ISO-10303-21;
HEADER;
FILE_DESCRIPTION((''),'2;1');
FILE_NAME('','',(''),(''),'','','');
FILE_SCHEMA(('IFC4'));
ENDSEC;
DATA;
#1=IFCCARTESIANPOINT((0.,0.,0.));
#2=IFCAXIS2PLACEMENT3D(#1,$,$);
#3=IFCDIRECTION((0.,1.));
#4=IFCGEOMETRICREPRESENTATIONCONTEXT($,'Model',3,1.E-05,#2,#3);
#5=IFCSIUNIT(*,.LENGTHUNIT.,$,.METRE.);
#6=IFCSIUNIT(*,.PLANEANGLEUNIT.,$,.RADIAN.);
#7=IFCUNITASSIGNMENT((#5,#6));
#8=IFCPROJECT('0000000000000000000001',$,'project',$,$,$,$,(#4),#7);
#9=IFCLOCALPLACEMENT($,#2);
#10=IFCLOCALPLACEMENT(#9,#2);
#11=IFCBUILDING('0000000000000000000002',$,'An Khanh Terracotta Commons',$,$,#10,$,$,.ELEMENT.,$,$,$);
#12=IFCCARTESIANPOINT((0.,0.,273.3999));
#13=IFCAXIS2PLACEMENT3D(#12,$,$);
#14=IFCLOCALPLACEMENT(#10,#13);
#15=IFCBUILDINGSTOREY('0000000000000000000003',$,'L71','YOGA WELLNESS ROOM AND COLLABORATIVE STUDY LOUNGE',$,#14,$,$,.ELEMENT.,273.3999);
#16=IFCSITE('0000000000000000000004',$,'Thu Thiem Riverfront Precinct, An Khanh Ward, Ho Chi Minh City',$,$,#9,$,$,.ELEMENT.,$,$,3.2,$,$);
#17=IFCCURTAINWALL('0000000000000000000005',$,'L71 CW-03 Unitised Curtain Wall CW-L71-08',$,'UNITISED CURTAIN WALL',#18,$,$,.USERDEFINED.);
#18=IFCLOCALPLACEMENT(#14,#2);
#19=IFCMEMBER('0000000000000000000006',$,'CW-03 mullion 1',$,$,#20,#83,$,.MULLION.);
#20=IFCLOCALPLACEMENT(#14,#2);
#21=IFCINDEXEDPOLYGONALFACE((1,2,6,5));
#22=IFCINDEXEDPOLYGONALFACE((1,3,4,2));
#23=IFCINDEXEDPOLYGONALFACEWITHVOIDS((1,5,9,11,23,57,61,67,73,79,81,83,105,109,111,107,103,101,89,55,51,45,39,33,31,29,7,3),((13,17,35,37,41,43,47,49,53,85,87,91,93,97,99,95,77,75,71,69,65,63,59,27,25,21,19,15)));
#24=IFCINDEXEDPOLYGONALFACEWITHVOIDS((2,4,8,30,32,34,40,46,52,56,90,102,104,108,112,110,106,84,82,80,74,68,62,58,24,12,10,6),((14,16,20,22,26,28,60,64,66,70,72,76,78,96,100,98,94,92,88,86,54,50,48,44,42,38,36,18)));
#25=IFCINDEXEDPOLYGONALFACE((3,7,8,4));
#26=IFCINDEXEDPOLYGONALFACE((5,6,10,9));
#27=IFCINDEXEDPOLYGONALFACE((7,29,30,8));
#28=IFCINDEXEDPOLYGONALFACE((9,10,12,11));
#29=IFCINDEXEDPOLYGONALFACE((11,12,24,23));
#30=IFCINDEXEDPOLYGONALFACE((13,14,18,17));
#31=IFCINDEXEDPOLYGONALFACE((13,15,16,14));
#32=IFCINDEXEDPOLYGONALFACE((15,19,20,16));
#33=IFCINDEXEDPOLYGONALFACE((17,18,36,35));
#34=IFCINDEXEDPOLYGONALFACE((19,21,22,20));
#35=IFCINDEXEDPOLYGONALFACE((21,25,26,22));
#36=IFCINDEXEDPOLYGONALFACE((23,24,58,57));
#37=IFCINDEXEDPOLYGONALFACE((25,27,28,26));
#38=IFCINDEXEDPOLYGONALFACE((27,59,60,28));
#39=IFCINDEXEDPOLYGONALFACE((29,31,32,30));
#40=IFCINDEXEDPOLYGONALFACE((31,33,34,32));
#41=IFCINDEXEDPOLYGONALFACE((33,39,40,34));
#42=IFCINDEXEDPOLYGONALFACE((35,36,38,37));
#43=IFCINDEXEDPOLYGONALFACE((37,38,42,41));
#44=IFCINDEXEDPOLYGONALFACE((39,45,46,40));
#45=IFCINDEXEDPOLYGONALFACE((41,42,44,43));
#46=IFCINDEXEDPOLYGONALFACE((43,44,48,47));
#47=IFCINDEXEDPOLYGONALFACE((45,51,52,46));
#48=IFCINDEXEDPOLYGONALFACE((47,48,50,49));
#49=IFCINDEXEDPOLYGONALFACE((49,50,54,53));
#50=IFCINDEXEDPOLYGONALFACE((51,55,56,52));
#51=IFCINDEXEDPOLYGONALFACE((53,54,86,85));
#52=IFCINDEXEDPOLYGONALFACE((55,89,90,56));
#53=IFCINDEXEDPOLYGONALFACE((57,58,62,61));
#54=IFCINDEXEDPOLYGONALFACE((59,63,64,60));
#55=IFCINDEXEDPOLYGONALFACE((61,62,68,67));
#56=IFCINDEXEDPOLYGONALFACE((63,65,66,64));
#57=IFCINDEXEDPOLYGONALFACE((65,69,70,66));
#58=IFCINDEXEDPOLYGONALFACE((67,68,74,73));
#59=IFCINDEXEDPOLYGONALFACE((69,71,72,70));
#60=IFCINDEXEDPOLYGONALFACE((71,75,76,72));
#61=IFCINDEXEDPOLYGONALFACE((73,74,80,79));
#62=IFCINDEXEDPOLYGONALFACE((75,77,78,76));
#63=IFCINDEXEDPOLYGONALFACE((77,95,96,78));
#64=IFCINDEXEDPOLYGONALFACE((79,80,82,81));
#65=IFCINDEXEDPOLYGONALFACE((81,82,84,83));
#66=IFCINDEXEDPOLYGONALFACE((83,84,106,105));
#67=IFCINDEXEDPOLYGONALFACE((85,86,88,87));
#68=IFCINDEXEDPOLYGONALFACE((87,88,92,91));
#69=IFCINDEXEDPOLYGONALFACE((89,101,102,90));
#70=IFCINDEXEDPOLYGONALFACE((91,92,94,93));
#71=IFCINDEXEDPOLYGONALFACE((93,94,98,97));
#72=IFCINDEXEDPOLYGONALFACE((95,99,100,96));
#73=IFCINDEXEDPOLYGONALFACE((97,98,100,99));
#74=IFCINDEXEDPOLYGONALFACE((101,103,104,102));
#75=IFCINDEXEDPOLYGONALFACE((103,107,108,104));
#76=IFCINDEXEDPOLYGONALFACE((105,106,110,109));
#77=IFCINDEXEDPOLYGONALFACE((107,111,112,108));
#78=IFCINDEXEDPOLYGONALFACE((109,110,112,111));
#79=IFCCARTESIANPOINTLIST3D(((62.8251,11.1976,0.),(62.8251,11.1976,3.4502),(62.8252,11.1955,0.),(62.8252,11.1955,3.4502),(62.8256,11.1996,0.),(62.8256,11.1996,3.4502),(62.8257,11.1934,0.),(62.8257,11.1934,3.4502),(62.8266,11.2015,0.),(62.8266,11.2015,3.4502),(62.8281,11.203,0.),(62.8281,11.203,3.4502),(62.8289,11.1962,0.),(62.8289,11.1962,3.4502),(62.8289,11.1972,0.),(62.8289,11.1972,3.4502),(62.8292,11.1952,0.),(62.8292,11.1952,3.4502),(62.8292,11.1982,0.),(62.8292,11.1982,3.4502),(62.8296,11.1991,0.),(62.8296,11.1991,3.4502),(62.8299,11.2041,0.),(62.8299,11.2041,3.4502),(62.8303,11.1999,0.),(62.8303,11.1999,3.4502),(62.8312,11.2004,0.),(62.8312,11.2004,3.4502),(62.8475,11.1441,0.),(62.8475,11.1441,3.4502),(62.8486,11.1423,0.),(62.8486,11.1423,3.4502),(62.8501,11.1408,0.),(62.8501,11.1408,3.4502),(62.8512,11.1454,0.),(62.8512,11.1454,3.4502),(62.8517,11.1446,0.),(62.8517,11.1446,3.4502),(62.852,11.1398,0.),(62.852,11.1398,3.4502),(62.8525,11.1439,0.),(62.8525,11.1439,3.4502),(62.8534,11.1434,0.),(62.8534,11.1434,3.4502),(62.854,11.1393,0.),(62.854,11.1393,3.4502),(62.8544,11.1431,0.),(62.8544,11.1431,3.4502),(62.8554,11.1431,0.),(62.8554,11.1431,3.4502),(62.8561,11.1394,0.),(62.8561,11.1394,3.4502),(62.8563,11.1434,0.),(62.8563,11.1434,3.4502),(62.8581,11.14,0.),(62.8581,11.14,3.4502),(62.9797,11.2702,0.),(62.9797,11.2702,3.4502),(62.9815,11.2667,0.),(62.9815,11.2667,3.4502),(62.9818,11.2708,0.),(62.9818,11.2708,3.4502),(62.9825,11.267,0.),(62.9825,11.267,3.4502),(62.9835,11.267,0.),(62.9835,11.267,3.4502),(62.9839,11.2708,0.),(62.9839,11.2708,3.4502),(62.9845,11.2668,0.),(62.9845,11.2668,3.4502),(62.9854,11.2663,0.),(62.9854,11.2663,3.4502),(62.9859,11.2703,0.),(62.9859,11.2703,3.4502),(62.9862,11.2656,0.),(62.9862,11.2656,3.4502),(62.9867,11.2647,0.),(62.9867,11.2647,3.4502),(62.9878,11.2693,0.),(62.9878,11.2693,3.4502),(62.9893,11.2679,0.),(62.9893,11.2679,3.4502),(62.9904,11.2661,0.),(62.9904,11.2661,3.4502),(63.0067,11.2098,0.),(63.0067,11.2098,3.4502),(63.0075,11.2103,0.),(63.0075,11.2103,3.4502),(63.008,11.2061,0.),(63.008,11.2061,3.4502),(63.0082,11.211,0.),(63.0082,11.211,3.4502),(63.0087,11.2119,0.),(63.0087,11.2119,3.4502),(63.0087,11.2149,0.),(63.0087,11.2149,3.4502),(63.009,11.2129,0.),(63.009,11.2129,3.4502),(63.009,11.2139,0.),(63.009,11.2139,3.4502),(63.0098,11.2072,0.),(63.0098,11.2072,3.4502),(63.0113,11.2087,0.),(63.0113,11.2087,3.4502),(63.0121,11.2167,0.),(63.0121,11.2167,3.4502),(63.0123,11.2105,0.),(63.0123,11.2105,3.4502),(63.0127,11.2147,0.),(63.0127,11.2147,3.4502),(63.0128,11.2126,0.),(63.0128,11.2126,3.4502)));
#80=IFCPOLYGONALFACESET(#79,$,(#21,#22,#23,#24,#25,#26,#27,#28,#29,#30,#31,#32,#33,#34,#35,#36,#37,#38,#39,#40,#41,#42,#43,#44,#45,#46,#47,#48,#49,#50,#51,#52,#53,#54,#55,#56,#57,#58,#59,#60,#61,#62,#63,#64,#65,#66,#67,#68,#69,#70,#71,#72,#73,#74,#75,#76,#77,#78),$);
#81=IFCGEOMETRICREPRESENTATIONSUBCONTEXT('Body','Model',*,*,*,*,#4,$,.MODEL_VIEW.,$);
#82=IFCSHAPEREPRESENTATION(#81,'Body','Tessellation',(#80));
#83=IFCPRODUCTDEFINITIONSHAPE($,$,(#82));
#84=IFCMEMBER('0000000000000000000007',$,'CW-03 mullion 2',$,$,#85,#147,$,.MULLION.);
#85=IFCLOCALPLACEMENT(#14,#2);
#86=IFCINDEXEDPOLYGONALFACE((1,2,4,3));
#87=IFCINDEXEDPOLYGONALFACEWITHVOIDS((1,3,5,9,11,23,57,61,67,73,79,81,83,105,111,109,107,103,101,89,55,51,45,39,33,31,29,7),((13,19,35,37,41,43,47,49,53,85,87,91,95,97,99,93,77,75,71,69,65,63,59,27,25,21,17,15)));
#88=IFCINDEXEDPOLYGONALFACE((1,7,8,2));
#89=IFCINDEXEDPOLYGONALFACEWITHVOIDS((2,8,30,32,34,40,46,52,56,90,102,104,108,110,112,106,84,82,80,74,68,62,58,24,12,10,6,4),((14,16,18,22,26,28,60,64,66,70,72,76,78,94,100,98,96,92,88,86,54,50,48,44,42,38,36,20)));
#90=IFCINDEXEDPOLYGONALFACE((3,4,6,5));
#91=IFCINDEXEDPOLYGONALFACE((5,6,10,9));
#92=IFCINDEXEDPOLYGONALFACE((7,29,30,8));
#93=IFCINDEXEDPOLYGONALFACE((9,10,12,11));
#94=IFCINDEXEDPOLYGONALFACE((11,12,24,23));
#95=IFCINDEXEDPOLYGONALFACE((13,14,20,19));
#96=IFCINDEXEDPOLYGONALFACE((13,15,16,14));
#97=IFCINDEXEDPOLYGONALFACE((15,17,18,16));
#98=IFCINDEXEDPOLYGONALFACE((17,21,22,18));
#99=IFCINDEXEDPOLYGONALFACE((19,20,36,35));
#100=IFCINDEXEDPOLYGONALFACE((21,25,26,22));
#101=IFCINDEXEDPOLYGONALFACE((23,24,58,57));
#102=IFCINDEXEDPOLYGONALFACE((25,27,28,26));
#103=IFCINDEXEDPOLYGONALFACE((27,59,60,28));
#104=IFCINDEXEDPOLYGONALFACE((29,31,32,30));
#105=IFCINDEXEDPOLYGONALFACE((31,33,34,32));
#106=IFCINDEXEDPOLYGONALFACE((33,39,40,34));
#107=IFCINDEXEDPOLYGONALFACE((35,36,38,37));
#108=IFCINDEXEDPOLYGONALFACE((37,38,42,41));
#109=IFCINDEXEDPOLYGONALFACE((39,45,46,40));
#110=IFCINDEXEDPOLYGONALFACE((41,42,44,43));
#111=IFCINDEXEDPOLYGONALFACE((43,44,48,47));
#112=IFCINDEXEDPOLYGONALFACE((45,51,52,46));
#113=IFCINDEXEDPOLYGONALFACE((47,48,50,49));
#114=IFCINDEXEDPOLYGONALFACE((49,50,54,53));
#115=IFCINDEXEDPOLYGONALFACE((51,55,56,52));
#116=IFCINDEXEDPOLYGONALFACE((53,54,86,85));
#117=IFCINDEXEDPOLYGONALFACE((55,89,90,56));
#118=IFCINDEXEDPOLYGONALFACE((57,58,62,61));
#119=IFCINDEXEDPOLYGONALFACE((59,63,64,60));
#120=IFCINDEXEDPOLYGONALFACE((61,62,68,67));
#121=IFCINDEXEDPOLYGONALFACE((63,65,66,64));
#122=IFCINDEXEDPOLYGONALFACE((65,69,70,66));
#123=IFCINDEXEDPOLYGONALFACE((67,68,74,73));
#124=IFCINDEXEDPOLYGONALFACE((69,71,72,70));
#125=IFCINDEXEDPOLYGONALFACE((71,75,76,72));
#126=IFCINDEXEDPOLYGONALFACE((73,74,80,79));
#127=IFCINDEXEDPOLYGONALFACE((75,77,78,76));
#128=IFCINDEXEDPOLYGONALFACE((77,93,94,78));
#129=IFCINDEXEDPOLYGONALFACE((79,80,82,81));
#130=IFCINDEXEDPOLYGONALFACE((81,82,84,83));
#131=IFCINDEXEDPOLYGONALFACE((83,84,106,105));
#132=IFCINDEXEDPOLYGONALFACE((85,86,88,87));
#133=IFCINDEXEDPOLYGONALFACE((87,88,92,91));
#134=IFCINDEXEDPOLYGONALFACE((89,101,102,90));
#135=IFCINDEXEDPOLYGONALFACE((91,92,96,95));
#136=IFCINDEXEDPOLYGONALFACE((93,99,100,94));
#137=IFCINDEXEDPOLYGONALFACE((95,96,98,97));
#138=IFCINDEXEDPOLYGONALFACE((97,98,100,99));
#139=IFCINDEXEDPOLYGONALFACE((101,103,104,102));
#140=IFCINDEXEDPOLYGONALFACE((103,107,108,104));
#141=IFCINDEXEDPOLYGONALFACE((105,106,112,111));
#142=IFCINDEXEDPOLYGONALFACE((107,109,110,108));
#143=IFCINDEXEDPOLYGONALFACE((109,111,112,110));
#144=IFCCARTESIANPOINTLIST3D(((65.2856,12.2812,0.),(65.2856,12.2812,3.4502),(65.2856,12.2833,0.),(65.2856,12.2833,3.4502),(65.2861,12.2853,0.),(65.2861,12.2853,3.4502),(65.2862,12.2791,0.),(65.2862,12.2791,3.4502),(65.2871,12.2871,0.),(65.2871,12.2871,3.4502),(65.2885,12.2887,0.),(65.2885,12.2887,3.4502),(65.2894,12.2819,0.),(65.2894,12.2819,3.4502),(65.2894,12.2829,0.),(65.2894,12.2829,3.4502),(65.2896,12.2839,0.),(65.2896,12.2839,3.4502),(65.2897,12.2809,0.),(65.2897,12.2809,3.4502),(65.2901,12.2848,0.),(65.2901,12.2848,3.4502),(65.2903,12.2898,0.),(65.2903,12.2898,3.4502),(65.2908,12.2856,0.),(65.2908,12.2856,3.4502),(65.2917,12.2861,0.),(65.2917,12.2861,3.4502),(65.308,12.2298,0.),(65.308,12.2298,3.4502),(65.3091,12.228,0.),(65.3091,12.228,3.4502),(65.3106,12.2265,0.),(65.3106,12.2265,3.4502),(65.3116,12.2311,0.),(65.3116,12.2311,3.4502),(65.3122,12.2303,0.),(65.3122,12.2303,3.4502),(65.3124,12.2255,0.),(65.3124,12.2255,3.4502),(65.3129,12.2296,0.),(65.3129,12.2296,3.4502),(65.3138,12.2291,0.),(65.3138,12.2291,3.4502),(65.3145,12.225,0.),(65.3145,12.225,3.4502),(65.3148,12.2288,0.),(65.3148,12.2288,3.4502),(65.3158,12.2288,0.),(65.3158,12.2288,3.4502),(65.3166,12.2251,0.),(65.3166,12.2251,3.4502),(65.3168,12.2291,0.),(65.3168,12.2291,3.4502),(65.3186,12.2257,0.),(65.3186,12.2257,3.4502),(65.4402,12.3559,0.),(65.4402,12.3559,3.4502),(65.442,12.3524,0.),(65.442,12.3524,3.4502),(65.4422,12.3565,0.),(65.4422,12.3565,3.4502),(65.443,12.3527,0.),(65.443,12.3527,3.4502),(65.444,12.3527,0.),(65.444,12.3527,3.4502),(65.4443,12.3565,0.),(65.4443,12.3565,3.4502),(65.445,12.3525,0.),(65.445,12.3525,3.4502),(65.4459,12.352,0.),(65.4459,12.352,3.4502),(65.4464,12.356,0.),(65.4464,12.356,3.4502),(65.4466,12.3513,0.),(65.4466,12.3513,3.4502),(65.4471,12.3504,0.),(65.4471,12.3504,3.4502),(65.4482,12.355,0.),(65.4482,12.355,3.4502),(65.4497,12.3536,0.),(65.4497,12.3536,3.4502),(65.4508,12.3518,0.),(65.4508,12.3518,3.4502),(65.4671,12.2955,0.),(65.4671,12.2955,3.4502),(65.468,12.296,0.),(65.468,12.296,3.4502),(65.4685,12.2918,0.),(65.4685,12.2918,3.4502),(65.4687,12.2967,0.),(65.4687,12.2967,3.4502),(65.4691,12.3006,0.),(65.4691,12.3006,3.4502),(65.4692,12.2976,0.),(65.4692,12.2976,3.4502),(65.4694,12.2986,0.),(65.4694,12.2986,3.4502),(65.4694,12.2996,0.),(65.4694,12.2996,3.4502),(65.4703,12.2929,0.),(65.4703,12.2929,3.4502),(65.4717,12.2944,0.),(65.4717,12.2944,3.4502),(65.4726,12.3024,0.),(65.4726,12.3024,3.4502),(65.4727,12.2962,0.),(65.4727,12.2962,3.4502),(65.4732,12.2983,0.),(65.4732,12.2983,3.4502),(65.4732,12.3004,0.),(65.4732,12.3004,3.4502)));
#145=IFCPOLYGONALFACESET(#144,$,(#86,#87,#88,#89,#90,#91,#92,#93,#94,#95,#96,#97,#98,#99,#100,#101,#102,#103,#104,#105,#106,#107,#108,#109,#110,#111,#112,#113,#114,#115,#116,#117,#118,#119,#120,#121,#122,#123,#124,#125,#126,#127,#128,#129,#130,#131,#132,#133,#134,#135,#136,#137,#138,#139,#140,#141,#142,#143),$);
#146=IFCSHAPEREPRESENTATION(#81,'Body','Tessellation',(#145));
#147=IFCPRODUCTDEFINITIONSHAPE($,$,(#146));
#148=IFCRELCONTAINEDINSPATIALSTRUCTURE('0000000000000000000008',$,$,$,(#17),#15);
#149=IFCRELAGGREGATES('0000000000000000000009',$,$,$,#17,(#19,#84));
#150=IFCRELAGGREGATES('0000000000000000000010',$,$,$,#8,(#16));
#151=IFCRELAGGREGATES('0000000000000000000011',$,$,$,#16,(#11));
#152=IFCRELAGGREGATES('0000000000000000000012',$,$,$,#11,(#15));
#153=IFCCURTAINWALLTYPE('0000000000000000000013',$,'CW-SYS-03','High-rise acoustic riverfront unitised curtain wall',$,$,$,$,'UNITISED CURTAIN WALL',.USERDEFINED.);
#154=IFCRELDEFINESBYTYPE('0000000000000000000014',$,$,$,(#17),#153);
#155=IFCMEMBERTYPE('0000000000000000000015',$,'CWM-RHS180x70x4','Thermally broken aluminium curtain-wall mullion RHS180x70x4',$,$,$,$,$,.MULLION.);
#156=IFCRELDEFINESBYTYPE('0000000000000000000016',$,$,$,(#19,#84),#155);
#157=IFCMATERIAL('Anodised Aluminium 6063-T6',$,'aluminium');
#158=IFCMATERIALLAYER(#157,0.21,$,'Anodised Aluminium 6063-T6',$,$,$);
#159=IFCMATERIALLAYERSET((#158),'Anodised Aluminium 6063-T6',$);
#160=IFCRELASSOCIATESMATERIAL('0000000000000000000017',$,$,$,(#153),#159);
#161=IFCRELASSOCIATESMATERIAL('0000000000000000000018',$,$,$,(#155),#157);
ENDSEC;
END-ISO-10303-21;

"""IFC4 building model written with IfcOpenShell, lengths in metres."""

from ifc_helpers import new_model, si_unit, direction, frame, origin, origin_2d, place, context, subcontext, project, spatial, hollow_rectangle, extrude, material, layer, layer_set, material_profile, profile_set, type_object, element, aggregate, save


model = new_model("IFC4")

# Units and contexts
model_context = context("Model", 3, precision=1e-05, world=origin(), true_north=direction((0.0, 1.0)))
body_context = subcontext(model_context, "Body", "Model", "MODEL_VIEW")
ifc_project = project(units=[si_unit("LENGTHUNIT", "METRE"), si_unit("PLANEANGLEUNIT", "RADIAN")], contexts=[model_context])

# Site, building, storey
site_placement = place(None, origin())
site = spatial("IfcSite", under=ifc_project, at=site_placement, Name="Thu Thiem Riverfront Precinct, An Khanh Ward, Ho Chi Minh City", CompositionType="ELEMENT", RefElevation=3.2)
building_placement = place(site_placement, origin())
building = spatial("IfcBuilding", under=site, at=building_placement, Name="An Khanh Terracotta Commons", CompositionType="ELEMENT")
storey_placement = place(building_placement, frame((0.0, 0.0, 273.3999)))
storey = spatial("IfcBuildingStorey", under=building, at=storey_placement, Name="L71", Description="YOGA WELLNESS ROOM AND COLLABORATIVE STUDY LOUNGE", CompositionType="ELEMENT", Elevation=273.3999)

# Curtain wall, members
ifc_material_1 = material(Name="Anodised Aluminium 6063-T6", Category="aluminium")
ifc_layer_1 = layer(ifc_material_1, 0.21, Name="Anodised Aluminium 6063-T6")
ifc_layer_set_1 = layer_set([ifc_layer_1], Name="Anodised Aluminium 6063-T6")
curtain_wall_type = type_object("IfcCurtainWallType", Name="CW-SYS-03", Description="High-rise acoustic riverfront unitised curtain wall", ElementType="UNITISED CURTAIN WALL", PredefinedType="USERDEFINED", material=ifc_layer_set_1)
curtain_wall_placement = place(storey_placement, origin())
curtain_wall = element("IfcCurtainWall", 1, at=curtain_wall_placement, inside=storey, type_object=curtain_wall_type, Name="L71 CW-03 Unitised Curtain Wall CW-L71-08", ObjectType="UNITISED CURTAIN WALL", PredefinedType="USERDEFINED")
ifc_material_profile_1 = material_profile(ifc_material_1, hollow_rectangle(XDim=0.0701, YDim=0.1799, WallThickness=0.0039, InnerFilletRadius=0.0039, OuterFilletRadius=0.0081, at=origin_2d()), Name="RHS180x70x4")
ifc_profile_set_1 = profile_set([ifc_material_profile_1], Name="Anodised Aluminium 6063-T6")
member_type_1 = type_object("IfcMemberType", Name="CWM-RHS180x70x4", Description="Thermally broken aluminium curtain-wall mullion RHS180x70x4", PredefinedType="MULLION", material=ifc_profile_set_1)
member_1_placement = place(storey_placement, frame((62.9189, 11.2051, 0.0), z_axis=(0.0, 0.0, 1.0), x_axis=(-0.403676, 0.914902, 0.0)))
member_1 = element("IfcMember", 2, at=member_1_placement, type_object=member_type_1, Name="CW-03 mullion 1", PredefinedType="MULLION", context=body_context, shape_type="SweptSolid", body=[
    extrude(hollow_rectangle(XDim=0.0701, YDim=0.1799, WallThickness=0.0039, InnerFilletRadius=0.0039, OuterFilletRadius=0.0081, at=origin_2d()), origin(), (0.0, 0.0, 1.0), 3.4502),
])
member_2_placement = place(storey_placement, frame((65.3794, 12.2908, 0.0), z_axis=(0.0, 0.0, 1.0), x_axis=(-0.403676, 0.914902, 0.0)))
member_2 = element("IfcMember", 3, at=member_2_placement, type_object=member_type_1, Name="CW-03 mullion 2", PredefinedType="MULLION", context=body_context, shape_type="SweptSolid", body=[
    extrude(hollow_rectangle(XDim=0.0701, YDim=0.1799, WallThickness=0.0039, InnerFilletRadius=0.0039, OuterFilletRadius=0.0081, at=origin_2d()), origin(), (0.0, 0.0, 1.0), 3.4502),
])
aggregate(curtain_wall, [member_1, member_2])

save(model, "model.ifc")
